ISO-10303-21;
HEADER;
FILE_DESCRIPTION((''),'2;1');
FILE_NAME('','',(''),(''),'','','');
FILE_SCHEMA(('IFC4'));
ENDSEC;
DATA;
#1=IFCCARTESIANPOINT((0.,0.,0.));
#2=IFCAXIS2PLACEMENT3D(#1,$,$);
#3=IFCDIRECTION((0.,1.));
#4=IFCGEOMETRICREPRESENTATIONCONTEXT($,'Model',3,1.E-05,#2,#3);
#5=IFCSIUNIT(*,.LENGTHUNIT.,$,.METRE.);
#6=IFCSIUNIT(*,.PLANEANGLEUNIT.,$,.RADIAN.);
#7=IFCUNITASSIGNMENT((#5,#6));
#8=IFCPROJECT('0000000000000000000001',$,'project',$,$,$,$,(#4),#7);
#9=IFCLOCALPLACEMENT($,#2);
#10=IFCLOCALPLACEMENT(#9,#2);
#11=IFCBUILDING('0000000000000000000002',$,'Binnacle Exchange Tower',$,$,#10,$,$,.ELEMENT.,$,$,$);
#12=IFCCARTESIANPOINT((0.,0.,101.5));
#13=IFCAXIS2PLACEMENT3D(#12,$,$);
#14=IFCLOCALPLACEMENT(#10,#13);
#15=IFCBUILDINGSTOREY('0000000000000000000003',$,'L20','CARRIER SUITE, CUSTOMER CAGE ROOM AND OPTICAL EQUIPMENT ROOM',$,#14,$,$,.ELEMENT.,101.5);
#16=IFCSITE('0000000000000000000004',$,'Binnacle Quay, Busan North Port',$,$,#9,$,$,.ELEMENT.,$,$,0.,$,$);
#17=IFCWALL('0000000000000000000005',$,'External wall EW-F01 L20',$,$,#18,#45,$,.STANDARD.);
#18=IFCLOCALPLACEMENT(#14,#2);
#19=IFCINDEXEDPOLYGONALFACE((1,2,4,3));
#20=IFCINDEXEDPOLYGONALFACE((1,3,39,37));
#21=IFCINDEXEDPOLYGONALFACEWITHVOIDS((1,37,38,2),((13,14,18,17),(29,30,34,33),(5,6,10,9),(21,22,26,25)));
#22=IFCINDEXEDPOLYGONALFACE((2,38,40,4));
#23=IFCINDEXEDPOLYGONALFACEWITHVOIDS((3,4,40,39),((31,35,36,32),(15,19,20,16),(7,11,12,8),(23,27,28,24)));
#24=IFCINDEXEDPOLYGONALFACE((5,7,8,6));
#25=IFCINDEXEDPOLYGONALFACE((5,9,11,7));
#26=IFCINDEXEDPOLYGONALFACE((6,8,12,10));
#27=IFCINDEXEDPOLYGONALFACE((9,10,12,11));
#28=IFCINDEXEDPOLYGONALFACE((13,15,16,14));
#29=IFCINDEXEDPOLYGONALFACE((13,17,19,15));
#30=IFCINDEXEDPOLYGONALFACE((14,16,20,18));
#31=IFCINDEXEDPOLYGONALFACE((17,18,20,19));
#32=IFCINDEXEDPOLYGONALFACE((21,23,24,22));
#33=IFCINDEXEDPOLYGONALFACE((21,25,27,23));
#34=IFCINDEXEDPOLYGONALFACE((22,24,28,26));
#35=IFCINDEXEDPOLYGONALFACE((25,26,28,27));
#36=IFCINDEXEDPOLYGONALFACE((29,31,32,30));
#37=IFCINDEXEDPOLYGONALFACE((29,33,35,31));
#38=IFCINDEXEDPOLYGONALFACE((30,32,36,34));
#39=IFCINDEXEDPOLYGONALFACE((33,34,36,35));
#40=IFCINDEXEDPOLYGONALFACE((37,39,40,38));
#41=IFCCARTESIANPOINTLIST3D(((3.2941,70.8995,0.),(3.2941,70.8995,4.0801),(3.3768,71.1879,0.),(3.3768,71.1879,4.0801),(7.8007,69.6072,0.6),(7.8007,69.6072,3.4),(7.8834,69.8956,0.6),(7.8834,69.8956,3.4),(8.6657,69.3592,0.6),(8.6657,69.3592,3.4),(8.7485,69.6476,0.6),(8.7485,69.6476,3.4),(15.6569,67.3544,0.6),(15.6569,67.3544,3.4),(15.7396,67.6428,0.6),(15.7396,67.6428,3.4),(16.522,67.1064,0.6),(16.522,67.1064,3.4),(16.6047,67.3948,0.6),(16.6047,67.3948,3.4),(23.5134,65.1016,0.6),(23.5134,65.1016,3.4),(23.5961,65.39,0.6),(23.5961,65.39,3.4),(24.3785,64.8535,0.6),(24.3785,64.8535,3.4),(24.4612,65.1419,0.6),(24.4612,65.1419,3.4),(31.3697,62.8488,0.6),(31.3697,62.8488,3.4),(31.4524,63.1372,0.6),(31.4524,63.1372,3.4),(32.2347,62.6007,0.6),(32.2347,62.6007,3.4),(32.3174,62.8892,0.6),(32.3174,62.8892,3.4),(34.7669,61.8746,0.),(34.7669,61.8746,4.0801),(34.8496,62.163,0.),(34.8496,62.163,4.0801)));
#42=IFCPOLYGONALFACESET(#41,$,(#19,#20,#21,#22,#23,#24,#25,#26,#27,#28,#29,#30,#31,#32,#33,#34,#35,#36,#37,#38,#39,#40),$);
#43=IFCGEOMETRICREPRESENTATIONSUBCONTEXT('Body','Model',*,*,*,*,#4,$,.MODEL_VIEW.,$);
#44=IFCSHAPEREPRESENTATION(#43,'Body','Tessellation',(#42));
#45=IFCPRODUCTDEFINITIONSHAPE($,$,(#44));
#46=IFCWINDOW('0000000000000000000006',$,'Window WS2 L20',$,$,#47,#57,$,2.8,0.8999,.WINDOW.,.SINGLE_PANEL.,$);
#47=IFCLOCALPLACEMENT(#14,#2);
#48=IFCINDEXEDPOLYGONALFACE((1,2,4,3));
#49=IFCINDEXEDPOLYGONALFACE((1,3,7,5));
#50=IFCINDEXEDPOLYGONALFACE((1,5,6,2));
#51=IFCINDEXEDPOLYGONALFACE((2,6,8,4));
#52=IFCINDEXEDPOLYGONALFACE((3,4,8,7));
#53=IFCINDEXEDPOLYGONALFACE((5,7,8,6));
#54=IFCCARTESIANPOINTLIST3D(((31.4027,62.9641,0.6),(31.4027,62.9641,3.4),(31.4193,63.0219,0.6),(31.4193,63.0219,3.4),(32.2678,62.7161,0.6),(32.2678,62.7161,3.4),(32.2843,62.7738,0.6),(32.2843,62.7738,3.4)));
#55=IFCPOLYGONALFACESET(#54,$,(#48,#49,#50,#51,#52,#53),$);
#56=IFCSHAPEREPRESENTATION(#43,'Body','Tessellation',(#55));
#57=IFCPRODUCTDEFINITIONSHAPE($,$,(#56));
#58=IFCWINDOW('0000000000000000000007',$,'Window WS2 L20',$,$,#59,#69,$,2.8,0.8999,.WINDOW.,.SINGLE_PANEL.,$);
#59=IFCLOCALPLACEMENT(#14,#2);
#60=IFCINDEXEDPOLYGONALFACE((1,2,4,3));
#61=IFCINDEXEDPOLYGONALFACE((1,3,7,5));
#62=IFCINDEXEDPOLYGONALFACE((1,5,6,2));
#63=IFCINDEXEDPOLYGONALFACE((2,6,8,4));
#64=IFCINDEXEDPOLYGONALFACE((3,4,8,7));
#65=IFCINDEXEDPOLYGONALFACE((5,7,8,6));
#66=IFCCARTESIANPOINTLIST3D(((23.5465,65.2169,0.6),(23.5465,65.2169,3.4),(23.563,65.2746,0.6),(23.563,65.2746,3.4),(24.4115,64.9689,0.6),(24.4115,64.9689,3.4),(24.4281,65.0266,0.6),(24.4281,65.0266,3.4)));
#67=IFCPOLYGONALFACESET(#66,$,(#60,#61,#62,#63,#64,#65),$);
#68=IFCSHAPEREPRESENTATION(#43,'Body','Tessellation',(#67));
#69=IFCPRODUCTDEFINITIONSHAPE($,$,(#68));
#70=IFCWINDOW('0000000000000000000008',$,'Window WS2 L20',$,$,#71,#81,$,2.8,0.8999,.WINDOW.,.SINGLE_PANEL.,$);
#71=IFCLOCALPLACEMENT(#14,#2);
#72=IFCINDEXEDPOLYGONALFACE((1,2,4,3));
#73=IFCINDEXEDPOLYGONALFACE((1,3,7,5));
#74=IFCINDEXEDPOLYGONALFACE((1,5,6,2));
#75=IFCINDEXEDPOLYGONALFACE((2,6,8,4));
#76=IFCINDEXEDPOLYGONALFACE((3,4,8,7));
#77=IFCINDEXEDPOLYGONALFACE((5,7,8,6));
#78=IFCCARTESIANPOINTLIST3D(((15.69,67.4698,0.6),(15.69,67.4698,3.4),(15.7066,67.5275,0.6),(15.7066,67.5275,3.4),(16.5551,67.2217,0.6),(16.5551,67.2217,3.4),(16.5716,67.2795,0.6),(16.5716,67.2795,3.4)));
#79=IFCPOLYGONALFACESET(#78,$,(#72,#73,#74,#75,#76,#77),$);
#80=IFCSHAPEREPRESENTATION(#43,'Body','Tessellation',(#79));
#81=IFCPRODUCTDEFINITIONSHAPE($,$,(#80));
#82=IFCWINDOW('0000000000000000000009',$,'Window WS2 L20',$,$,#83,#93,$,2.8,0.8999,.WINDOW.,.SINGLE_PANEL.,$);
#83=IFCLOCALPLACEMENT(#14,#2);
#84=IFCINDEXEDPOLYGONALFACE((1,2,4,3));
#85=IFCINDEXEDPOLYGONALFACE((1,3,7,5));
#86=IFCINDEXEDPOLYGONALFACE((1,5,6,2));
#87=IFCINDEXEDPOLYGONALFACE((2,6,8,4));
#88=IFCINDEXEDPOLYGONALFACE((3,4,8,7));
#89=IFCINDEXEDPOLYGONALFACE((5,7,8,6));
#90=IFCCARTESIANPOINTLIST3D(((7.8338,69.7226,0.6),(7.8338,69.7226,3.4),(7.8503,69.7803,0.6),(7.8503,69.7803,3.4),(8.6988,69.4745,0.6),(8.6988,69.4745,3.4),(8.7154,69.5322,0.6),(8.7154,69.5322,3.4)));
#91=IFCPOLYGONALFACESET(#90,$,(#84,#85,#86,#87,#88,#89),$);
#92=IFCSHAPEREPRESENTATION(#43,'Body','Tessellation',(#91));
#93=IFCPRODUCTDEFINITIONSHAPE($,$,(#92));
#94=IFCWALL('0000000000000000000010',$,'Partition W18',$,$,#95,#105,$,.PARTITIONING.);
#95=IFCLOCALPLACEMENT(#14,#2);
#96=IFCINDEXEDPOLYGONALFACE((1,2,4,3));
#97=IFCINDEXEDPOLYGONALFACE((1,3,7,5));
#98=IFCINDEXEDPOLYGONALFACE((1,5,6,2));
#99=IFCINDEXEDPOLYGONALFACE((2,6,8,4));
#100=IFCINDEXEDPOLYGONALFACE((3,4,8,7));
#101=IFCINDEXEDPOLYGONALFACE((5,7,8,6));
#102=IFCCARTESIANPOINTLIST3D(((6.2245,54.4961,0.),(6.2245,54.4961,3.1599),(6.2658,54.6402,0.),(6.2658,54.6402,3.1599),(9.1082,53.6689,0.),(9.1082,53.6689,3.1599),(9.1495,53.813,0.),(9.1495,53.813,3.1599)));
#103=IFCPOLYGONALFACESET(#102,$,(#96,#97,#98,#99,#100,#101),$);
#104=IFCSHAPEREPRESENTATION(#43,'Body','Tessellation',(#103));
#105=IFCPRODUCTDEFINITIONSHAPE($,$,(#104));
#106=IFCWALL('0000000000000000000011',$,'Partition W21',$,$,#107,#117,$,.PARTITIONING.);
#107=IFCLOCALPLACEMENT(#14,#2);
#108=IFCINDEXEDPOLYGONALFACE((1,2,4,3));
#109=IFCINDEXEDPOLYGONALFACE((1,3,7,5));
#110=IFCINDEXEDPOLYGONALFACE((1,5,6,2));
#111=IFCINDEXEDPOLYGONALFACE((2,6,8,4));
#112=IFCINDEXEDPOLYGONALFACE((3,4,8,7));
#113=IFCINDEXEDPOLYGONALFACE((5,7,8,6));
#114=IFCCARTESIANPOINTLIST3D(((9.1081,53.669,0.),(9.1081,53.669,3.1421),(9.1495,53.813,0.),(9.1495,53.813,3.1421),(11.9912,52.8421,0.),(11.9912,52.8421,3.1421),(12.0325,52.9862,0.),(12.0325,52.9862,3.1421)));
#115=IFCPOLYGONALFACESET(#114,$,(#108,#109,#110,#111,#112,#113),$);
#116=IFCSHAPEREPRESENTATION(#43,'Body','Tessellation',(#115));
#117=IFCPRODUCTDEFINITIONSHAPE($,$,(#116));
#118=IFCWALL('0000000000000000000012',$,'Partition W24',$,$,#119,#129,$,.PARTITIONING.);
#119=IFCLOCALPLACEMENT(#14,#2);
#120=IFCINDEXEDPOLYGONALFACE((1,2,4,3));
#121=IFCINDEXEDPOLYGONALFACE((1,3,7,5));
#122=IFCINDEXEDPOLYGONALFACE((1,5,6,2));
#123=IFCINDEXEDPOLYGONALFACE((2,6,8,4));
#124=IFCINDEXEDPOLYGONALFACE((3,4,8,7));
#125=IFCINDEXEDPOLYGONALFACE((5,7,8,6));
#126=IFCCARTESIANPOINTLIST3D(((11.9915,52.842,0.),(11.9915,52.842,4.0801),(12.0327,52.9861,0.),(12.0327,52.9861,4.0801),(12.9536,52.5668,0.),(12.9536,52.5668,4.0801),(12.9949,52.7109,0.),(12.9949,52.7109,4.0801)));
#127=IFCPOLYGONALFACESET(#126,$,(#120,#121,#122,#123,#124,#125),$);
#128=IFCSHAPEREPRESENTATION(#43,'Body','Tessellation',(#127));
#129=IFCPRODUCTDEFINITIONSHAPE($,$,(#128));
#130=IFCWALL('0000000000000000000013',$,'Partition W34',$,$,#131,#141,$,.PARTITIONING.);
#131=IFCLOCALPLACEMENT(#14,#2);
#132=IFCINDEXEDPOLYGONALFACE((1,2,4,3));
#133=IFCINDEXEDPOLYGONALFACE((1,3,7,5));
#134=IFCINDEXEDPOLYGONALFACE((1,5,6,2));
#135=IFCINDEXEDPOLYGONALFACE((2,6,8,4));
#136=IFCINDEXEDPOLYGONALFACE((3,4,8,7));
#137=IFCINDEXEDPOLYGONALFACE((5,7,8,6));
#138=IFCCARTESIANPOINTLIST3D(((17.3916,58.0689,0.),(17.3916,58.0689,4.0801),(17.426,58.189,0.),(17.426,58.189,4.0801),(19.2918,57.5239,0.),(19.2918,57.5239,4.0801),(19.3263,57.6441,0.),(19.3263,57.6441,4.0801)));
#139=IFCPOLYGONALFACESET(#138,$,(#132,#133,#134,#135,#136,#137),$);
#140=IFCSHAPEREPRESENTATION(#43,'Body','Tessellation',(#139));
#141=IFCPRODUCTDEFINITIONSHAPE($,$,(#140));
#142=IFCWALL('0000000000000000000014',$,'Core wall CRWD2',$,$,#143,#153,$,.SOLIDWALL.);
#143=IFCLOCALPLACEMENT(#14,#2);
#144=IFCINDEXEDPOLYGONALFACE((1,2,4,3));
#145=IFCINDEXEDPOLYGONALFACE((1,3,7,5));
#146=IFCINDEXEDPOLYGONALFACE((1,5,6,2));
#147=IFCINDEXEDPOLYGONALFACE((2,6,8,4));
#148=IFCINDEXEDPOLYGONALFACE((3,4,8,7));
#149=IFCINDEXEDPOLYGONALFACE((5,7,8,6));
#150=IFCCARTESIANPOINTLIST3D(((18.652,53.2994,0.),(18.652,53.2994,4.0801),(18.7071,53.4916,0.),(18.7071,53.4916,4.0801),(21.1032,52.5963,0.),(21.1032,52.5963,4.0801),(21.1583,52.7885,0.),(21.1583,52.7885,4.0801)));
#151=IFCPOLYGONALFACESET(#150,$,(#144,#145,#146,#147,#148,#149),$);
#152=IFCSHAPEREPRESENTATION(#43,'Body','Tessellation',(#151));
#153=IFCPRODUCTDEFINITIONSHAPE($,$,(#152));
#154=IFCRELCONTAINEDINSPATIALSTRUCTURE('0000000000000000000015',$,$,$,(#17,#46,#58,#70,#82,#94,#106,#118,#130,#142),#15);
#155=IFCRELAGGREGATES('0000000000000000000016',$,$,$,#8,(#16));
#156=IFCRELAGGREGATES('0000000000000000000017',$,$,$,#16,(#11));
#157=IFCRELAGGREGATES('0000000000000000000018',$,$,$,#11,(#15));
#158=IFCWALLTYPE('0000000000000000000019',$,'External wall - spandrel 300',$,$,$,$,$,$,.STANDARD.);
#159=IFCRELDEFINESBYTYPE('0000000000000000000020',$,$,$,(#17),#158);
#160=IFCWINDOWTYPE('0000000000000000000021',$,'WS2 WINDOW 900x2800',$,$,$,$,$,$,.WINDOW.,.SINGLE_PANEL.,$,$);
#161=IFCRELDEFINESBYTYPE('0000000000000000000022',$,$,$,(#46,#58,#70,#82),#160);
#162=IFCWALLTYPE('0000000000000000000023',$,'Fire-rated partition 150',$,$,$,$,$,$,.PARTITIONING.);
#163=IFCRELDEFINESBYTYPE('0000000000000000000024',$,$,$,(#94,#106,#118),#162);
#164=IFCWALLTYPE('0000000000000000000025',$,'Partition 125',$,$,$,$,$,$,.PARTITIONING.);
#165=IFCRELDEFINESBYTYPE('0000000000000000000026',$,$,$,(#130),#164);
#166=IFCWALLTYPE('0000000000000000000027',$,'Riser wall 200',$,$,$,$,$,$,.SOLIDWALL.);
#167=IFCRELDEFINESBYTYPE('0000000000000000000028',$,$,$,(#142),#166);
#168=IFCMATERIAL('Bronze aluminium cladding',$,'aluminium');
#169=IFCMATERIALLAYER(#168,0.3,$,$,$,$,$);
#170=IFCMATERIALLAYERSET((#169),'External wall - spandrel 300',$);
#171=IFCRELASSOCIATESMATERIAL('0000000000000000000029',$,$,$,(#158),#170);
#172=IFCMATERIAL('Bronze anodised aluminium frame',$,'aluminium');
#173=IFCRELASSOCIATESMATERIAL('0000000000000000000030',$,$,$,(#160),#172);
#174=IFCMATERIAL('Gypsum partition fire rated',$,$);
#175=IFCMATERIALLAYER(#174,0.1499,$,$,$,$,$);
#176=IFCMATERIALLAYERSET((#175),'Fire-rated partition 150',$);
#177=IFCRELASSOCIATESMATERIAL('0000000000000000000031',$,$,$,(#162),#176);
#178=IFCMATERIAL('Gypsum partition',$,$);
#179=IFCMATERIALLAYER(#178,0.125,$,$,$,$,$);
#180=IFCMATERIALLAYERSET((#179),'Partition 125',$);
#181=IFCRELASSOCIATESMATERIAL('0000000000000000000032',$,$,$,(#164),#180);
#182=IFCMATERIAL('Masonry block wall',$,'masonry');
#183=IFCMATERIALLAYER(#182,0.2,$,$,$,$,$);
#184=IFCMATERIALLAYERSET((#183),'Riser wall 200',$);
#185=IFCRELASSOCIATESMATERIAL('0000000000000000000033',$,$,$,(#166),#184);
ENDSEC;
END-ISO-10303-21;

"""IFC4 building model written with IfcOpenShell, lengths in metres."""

from ifc_helpers import new_model, si_unit, direction, frame, frame_2d, origin, place, context, subcontext, project, spatial, rectangle, extrude, material, layer, layer_set, type_object, element, fill, save


model = new_model("IFC4")

# Units and contexts
model_context = context("Model", 3, precision=1e-05, world=origin(), true_north=direction((0.0, 1.0)))
body_context = subcontext(model_context, "Body", "Model", "MODEL_VIEW")
ifc_project = project(units=[si_unit("LENGTHUNIT", "METRE"), si_unit("PLANEANGLEUNIT", "RADIAN")], contexts=[model_context])

# Site, building, storey
site_placement = place(None, origin())
site = spatial("IfcSite", under=ifc_project, at=site_placement, Name="Binnacle Quay, Busan North Port", CompositionType="ELEMENT", RefElevation=0.0)
building_placement = place(site_placement, origin())
building = spatial("IfcBuilding", under=site, at=building_placement, Name="Binnacle Exchange Tower", CompositionType="ELEMENT")
storey_placement = place(building_placement, frame((0.0, 0.0, 101.5)))
storey = spatial("IfcBuildingStorey", under=building, at=storey_placement, Name="L20", Description="CARRIER SUITE, CUSTOMER CAGE ROOM AND OPTICAL EQUIPMENT ROOM", CompositionType="ELEMENT", Elevation=101.5)

# Wall, openings, windows
ifc_material_1 = material(Name="Bronze aluminium cladding", Category="aluminium")
ifc_layer_1 = layer(ifc_material_1, 0.3)
ifc_layer_set_1 = layer_set([ifc_layer_1], Name="External wall - spandrel 300")
wall_type_1 = type_object("IfcWallType", Name="External wall - spandrel 300", PredefinedType="STANDARD", material=ifc_layer_set_1)
wall_1_placement = place(storey_placement, frame((3.3354, 71.0437, 0.0), z_axis=(0.0, 0.0, 1.0), x_axis=(0.96126, -0.275643, 0.0)))
wall_1 = element("IfcWall", 1, at=wall_1_placement, inside=storey, type_object=wall_type_1, Name="External wall EW-F01 L20", PredefinedType="STANDARD", context=body_context, shape_type="SweptSolid", body=[
    extrude(rectangle(XDim=32.7412, YDim=0.3, at=frame_2d((16.3706, 0.0))), origin(), (0.0, 0.0, 1.0), 4.0801),
])
opening_1_placement = place(wall_1_placement, frame((29.207, 0.0, 0.6001)))
opening_1 = element("IfcOpeningElement", 2, at=opening_1_placement, cuts=wall_1, PredefinedType="OPENING", context=body_context, shape_type="SweptSolid", body=[
    extrude(rectangle(XDim=0.8999, YDim=2.8, at=frame_2d((0.45, 1.3999))), frame((0.0, 0.1599, 0.0), z_axis=(0.0, -1.0, 0.0), x_axis=(1.0, 0.0, 0.0)), (0.0, 0.0, 1.0), 0.3201),
])
opening_2_placement = place(wall_1_placement, frame((21.0342, 0.0, 0.6001)))
opening_2 = element("IfcOpeningElement", 3, at=opening_2_placement, cuts=wall_1, PredefinedType="OPENING", context=body_context, shape_type="SweptSolid", body=[
    extrude(rectangle(XDim=0.8999, YDim=2.8, at=frame_2d((0.45, 1.3999))), frame((0.0, 0.1599, 0.0), z_axis=(0.0, -1.0, 0.0), x_axis=(1.0, 0.0, 0.0)), (0.0, 0.0, 1.0), 0.3201),
])
opening_3_placement = place(wall_1_placement, frame((12.8611, 0.0, 0.6001)))
opening_3 = element("IfcOpeningElement", 4, at=opening_3_placement, cuts=wall_1, PredefinedType="OPENING", context=body_context, shape_type="SweptSolid", body=[
    extrude(rectangle(XDim=0.8999, YDim=2.8, at=frame_2d((0.45, 1.3999))), frame((0.0, 0.1599, 0.0), z_axis=(0.0, -1.0, 0.0), x_axis=(1.0, 0.0, 0.0)), (0.0, 0.0, 1.0), 0.3201),
])
opening_4_placement = place(wall_1_placement, frame((4.6882, 0.0, 0.6001)))
opening_4 = element("IfcOpeningElement", 5, at=opening_4_placement, cuts=wall_1, PredefinedType="OPENING", context=body_context, shape_type="SweptSolid", body=[
    extrude(rectangle(XDim=0.8999, YDim=2.8, at=frame_2d((0.45, 1.3999))), frame((0.0, 0.1599, 0.0), z_axis=(0.0, -1.0, 0.0), x_axis=(1.0, 0.0, 0.0)), (0.0, 0.0, 1.0), 0.3201),
])
ifc_material_2 = material(Name="Bronze anodised aluminium frame", Category="aluminium")
window_type = type_object("IfcWindowType", Name="WS2 WINDOW 900x2800", PartitioningType="SINGLE_PANEL", PredefinedType="WINDOW", material=ifc_material_2)
window_1_placement = place(opening_1_placement, origin())
window_1 = element("IfcWindow", 6, at=window_1_placement, inside=storey, type_object=window_type, Name="Window WS2 L20", OverallHeight=2.8, OverallWidth=0.8999, PartitioningType="SINGLE_PANEL", PredefinedType="WINDOW", context=body_context, shape_type="SweptSolid", body=[
    extrude(rectangle(XDim=0.8999, YDim=2.8, at=frame_2d((0.45, 1.3999))), frame((0.0, 0.03, 0.0), z_axis=(0.0, -1.0, 0.0), x_axis=(1.0, 0.0, 0.0)), (0.0, 0.0, 1.0), 0.0601),
])
fill(opening_1, window_1)
window_2_placement = place(opening_2_placement, origin())
window_2 = element("IfcWindow", 7, at=window_2_placement, inside=storey, type_object=window_type, Name="Window WS2 L20", OverallHeight=2.8, OverallWidth=0.8999, PartitioningType="SINGLE_PANEL", PredefinedType="WINDOW", context=body_context, shape_type="SweptSolid", body=[
    extrude(rectangle(XDim=0.8999, YDim=2.8, at=frame_2d((0.45, 1.3999))), frame((0.0, 0.03, 0.0), z_axis=(0.0, -1.0, 0.0), x_axis=(1.0, 0.0, 0.0)), (0.0, 0.0, 1.0), 0.0601),
])
fill(opening_2, window_2)
window_3_placement = place(opening_3_placement, origin())
window_3 = element("IfcWindow", 8, at=window_3_placement, inside=storey, type_object=window_type, Name="Window WS2 L20", OverallHeight=2.8, OverallWidth=0.8999, PartitioningType="SINGLE_PANEL", PredefinedType="WINDOW", context=body_context, shape_type="SweptSolid", body=[
    extrude(rectangle(XDim=0.8999, YDim=2.8, at=frame_2d((0.45, 1.3999))), frame((0.0, 0.03, 0.0), z_axis=(0.0, -1.0, 0.0), x_axis=(1.0, 0.0, 0.0)), (0.0, 0.0, 1.0), 0.0601),
])
fill(opening_3, window_3)
window_4_placement = place(opening_4_placement, origin())
window_4 = element("IfcWindow", 9, at=window_4_placement, inside=storey, type_object=window_type, Name="Window WS2 L20", OverallHeight=2.8, OverallWidth=0.8999, PartitioningType="SINGLE_PANEL", PredefinedType="WINDOW", context=body_context, shape_type="SweptSolid", body=[
    extrude(rectangle(XDim=0.8999, YDim=2.8, at=frame_2d((0.45, 1.3999))), frame((0.0, 0.03, 0.0), z_axis=(0.0, -1.0, 0.0), x_axis=(1.0, 0.0, 0.0)), (0.0, 0.0, 1.0), 0.0601),
])
fill(opening_4, window_4)

# Walls
ifc_material_3 = material(Name="Gypsum partition fire rated")
ifc_layer_2 = layer(ifc_material_3, 0.1499)
ifc_layer_set_2 = layer_set([ifc_layer_2], Name="Fire-rated partition 150")
wall_type_2 = type_object("IfcWallType", Name="Fire-rated partition 150", PredefinedType="PARTITIONING", material=ifc_layer_set_2)
wall_2_placement = place(storey_placement, frame((6.2451, 54.5681, 0.0), z_axis=(0.0, 0.0, 1.0), x_axis=(0.961241, -0.27571, 0.0)))
element("IfcWall", 10, at=wall_2_placement, inside=storey, type_object=wall_type_2, Name="Partition W18", PredefinedType="PARTITIONING", context=body_context, shape_type="SweptSolid", body=[
    extrude(rectangle(XDim=3.0, YDim=0.1499, at=frame_2d((1.5, 0.0))), origin(), (0.0, 0.0, 1.0), 3.1599),
])
wall_3_placement = place(storey_placement, frame((9.1289, 53.741, 0.0), z_axis=(0.0, 0.0, 1.0), x_axis=(0.961244, -0.275699, 0.0)))
element("IfcWall", 11, at=wall_3_placement, inside=storey, type_object=wall_type_2, Name="Partition W21", PredefinedType="PARTITIONING", context=body_context, shape_type="SweptSolid", body=[
    extrude(rectangle(XDim=2.9993, YDim=0.1499, at=frame_2d((1.4995, 0.0))), origin(), (0.0, 0.0, 1.0), 3.1421),
])
wall_4_placement = place(storey_placement, frame((12.012, 52.9141, 0.0), z_axis=(0.0, 0.0, 1.0), x_axis=(0.961459, -0.274947, 0.0)))
element("IfcWall", 12, at=wall_4_placement, inside=storey, type_object=wall_type_2, Name="Partition W24", PredefinedType="PARTITIONING", context=body_context, shape_type="SweptSolid", body=[
    extrude(rectangle(XDim=1.0007, YDim=0.1499, at=frame_2d((0.5005, 0.0))), origin(), (0.0, 0.0, 1.0), 4.0801),
])
ifc_material_4 = material(Name="Gypsum partition")
ifc_layer_3 = layer(ifc_material_4, 0.125)
ifc_layer_set_3 = layer_set([ifc_layer_3], Name="Partition 125")
wall_type_3 = type_object("IfcWallType", Name="Partition 125", PredefinedType="PARTITIONING", material=ifc_layer_set_3)
wall_5_placement = place(storey_placement, frame((17.4089, 58.1289, 0.0), z_axis=(0.0, 0.0, 1.0), x_axis=(0.961253, -0.275667, 0.0)))
element("IfcWall", 13, at=wall_5_placement, inside=storey, type_object=wall_type_3, Name="Partition W34", PredefinedType="PARTITIONING", context=body_context, shape_type="SweptSolid", body=[
    extrude(rectangle(XDim=1.9768, YDim=0.125, at=frame_2d((0.9883, 0.0))), origin(), (0.0, 0.0, 1.0), 4.0801),
])
ifc_material_5 = material(Name="Masonry block wall", Category="masonry")
ifc_layer_4 = layer(ifc_material_5, 0.2)
ifc_layer_set_4 = layer_set([ifc_layer_4], Name="Riser wall 200")
wall_type_4 = type_object("IfcWallType", Name="Riser wall 200", PredefinedType="SOLIDWALL", material=ifc_layer_set_4)
wall_6_placement = place(storey_placement, frame((18.6797, 53.3955, 0.0), z_axis=(0.0, 0.0, 1.0), x_axis=(0.961234, -0.275733, 0.0)))
element("IfcWall", 14, at=wall_6_placement, inside=storey, type_object=wall_type_4, Name="Core wall CRWD2", PredefinedType="SOLIDWALL", context=body_context, shape_type="SweptSolid", body=[
    extrude(rectangle(XDim=2.55, YDim=0.2, at=frame_2d((1.2749, 0.0))), origin(), (0.0, 0.0, 1.0), 4.0801),
])

save(model, "model.ifc")
